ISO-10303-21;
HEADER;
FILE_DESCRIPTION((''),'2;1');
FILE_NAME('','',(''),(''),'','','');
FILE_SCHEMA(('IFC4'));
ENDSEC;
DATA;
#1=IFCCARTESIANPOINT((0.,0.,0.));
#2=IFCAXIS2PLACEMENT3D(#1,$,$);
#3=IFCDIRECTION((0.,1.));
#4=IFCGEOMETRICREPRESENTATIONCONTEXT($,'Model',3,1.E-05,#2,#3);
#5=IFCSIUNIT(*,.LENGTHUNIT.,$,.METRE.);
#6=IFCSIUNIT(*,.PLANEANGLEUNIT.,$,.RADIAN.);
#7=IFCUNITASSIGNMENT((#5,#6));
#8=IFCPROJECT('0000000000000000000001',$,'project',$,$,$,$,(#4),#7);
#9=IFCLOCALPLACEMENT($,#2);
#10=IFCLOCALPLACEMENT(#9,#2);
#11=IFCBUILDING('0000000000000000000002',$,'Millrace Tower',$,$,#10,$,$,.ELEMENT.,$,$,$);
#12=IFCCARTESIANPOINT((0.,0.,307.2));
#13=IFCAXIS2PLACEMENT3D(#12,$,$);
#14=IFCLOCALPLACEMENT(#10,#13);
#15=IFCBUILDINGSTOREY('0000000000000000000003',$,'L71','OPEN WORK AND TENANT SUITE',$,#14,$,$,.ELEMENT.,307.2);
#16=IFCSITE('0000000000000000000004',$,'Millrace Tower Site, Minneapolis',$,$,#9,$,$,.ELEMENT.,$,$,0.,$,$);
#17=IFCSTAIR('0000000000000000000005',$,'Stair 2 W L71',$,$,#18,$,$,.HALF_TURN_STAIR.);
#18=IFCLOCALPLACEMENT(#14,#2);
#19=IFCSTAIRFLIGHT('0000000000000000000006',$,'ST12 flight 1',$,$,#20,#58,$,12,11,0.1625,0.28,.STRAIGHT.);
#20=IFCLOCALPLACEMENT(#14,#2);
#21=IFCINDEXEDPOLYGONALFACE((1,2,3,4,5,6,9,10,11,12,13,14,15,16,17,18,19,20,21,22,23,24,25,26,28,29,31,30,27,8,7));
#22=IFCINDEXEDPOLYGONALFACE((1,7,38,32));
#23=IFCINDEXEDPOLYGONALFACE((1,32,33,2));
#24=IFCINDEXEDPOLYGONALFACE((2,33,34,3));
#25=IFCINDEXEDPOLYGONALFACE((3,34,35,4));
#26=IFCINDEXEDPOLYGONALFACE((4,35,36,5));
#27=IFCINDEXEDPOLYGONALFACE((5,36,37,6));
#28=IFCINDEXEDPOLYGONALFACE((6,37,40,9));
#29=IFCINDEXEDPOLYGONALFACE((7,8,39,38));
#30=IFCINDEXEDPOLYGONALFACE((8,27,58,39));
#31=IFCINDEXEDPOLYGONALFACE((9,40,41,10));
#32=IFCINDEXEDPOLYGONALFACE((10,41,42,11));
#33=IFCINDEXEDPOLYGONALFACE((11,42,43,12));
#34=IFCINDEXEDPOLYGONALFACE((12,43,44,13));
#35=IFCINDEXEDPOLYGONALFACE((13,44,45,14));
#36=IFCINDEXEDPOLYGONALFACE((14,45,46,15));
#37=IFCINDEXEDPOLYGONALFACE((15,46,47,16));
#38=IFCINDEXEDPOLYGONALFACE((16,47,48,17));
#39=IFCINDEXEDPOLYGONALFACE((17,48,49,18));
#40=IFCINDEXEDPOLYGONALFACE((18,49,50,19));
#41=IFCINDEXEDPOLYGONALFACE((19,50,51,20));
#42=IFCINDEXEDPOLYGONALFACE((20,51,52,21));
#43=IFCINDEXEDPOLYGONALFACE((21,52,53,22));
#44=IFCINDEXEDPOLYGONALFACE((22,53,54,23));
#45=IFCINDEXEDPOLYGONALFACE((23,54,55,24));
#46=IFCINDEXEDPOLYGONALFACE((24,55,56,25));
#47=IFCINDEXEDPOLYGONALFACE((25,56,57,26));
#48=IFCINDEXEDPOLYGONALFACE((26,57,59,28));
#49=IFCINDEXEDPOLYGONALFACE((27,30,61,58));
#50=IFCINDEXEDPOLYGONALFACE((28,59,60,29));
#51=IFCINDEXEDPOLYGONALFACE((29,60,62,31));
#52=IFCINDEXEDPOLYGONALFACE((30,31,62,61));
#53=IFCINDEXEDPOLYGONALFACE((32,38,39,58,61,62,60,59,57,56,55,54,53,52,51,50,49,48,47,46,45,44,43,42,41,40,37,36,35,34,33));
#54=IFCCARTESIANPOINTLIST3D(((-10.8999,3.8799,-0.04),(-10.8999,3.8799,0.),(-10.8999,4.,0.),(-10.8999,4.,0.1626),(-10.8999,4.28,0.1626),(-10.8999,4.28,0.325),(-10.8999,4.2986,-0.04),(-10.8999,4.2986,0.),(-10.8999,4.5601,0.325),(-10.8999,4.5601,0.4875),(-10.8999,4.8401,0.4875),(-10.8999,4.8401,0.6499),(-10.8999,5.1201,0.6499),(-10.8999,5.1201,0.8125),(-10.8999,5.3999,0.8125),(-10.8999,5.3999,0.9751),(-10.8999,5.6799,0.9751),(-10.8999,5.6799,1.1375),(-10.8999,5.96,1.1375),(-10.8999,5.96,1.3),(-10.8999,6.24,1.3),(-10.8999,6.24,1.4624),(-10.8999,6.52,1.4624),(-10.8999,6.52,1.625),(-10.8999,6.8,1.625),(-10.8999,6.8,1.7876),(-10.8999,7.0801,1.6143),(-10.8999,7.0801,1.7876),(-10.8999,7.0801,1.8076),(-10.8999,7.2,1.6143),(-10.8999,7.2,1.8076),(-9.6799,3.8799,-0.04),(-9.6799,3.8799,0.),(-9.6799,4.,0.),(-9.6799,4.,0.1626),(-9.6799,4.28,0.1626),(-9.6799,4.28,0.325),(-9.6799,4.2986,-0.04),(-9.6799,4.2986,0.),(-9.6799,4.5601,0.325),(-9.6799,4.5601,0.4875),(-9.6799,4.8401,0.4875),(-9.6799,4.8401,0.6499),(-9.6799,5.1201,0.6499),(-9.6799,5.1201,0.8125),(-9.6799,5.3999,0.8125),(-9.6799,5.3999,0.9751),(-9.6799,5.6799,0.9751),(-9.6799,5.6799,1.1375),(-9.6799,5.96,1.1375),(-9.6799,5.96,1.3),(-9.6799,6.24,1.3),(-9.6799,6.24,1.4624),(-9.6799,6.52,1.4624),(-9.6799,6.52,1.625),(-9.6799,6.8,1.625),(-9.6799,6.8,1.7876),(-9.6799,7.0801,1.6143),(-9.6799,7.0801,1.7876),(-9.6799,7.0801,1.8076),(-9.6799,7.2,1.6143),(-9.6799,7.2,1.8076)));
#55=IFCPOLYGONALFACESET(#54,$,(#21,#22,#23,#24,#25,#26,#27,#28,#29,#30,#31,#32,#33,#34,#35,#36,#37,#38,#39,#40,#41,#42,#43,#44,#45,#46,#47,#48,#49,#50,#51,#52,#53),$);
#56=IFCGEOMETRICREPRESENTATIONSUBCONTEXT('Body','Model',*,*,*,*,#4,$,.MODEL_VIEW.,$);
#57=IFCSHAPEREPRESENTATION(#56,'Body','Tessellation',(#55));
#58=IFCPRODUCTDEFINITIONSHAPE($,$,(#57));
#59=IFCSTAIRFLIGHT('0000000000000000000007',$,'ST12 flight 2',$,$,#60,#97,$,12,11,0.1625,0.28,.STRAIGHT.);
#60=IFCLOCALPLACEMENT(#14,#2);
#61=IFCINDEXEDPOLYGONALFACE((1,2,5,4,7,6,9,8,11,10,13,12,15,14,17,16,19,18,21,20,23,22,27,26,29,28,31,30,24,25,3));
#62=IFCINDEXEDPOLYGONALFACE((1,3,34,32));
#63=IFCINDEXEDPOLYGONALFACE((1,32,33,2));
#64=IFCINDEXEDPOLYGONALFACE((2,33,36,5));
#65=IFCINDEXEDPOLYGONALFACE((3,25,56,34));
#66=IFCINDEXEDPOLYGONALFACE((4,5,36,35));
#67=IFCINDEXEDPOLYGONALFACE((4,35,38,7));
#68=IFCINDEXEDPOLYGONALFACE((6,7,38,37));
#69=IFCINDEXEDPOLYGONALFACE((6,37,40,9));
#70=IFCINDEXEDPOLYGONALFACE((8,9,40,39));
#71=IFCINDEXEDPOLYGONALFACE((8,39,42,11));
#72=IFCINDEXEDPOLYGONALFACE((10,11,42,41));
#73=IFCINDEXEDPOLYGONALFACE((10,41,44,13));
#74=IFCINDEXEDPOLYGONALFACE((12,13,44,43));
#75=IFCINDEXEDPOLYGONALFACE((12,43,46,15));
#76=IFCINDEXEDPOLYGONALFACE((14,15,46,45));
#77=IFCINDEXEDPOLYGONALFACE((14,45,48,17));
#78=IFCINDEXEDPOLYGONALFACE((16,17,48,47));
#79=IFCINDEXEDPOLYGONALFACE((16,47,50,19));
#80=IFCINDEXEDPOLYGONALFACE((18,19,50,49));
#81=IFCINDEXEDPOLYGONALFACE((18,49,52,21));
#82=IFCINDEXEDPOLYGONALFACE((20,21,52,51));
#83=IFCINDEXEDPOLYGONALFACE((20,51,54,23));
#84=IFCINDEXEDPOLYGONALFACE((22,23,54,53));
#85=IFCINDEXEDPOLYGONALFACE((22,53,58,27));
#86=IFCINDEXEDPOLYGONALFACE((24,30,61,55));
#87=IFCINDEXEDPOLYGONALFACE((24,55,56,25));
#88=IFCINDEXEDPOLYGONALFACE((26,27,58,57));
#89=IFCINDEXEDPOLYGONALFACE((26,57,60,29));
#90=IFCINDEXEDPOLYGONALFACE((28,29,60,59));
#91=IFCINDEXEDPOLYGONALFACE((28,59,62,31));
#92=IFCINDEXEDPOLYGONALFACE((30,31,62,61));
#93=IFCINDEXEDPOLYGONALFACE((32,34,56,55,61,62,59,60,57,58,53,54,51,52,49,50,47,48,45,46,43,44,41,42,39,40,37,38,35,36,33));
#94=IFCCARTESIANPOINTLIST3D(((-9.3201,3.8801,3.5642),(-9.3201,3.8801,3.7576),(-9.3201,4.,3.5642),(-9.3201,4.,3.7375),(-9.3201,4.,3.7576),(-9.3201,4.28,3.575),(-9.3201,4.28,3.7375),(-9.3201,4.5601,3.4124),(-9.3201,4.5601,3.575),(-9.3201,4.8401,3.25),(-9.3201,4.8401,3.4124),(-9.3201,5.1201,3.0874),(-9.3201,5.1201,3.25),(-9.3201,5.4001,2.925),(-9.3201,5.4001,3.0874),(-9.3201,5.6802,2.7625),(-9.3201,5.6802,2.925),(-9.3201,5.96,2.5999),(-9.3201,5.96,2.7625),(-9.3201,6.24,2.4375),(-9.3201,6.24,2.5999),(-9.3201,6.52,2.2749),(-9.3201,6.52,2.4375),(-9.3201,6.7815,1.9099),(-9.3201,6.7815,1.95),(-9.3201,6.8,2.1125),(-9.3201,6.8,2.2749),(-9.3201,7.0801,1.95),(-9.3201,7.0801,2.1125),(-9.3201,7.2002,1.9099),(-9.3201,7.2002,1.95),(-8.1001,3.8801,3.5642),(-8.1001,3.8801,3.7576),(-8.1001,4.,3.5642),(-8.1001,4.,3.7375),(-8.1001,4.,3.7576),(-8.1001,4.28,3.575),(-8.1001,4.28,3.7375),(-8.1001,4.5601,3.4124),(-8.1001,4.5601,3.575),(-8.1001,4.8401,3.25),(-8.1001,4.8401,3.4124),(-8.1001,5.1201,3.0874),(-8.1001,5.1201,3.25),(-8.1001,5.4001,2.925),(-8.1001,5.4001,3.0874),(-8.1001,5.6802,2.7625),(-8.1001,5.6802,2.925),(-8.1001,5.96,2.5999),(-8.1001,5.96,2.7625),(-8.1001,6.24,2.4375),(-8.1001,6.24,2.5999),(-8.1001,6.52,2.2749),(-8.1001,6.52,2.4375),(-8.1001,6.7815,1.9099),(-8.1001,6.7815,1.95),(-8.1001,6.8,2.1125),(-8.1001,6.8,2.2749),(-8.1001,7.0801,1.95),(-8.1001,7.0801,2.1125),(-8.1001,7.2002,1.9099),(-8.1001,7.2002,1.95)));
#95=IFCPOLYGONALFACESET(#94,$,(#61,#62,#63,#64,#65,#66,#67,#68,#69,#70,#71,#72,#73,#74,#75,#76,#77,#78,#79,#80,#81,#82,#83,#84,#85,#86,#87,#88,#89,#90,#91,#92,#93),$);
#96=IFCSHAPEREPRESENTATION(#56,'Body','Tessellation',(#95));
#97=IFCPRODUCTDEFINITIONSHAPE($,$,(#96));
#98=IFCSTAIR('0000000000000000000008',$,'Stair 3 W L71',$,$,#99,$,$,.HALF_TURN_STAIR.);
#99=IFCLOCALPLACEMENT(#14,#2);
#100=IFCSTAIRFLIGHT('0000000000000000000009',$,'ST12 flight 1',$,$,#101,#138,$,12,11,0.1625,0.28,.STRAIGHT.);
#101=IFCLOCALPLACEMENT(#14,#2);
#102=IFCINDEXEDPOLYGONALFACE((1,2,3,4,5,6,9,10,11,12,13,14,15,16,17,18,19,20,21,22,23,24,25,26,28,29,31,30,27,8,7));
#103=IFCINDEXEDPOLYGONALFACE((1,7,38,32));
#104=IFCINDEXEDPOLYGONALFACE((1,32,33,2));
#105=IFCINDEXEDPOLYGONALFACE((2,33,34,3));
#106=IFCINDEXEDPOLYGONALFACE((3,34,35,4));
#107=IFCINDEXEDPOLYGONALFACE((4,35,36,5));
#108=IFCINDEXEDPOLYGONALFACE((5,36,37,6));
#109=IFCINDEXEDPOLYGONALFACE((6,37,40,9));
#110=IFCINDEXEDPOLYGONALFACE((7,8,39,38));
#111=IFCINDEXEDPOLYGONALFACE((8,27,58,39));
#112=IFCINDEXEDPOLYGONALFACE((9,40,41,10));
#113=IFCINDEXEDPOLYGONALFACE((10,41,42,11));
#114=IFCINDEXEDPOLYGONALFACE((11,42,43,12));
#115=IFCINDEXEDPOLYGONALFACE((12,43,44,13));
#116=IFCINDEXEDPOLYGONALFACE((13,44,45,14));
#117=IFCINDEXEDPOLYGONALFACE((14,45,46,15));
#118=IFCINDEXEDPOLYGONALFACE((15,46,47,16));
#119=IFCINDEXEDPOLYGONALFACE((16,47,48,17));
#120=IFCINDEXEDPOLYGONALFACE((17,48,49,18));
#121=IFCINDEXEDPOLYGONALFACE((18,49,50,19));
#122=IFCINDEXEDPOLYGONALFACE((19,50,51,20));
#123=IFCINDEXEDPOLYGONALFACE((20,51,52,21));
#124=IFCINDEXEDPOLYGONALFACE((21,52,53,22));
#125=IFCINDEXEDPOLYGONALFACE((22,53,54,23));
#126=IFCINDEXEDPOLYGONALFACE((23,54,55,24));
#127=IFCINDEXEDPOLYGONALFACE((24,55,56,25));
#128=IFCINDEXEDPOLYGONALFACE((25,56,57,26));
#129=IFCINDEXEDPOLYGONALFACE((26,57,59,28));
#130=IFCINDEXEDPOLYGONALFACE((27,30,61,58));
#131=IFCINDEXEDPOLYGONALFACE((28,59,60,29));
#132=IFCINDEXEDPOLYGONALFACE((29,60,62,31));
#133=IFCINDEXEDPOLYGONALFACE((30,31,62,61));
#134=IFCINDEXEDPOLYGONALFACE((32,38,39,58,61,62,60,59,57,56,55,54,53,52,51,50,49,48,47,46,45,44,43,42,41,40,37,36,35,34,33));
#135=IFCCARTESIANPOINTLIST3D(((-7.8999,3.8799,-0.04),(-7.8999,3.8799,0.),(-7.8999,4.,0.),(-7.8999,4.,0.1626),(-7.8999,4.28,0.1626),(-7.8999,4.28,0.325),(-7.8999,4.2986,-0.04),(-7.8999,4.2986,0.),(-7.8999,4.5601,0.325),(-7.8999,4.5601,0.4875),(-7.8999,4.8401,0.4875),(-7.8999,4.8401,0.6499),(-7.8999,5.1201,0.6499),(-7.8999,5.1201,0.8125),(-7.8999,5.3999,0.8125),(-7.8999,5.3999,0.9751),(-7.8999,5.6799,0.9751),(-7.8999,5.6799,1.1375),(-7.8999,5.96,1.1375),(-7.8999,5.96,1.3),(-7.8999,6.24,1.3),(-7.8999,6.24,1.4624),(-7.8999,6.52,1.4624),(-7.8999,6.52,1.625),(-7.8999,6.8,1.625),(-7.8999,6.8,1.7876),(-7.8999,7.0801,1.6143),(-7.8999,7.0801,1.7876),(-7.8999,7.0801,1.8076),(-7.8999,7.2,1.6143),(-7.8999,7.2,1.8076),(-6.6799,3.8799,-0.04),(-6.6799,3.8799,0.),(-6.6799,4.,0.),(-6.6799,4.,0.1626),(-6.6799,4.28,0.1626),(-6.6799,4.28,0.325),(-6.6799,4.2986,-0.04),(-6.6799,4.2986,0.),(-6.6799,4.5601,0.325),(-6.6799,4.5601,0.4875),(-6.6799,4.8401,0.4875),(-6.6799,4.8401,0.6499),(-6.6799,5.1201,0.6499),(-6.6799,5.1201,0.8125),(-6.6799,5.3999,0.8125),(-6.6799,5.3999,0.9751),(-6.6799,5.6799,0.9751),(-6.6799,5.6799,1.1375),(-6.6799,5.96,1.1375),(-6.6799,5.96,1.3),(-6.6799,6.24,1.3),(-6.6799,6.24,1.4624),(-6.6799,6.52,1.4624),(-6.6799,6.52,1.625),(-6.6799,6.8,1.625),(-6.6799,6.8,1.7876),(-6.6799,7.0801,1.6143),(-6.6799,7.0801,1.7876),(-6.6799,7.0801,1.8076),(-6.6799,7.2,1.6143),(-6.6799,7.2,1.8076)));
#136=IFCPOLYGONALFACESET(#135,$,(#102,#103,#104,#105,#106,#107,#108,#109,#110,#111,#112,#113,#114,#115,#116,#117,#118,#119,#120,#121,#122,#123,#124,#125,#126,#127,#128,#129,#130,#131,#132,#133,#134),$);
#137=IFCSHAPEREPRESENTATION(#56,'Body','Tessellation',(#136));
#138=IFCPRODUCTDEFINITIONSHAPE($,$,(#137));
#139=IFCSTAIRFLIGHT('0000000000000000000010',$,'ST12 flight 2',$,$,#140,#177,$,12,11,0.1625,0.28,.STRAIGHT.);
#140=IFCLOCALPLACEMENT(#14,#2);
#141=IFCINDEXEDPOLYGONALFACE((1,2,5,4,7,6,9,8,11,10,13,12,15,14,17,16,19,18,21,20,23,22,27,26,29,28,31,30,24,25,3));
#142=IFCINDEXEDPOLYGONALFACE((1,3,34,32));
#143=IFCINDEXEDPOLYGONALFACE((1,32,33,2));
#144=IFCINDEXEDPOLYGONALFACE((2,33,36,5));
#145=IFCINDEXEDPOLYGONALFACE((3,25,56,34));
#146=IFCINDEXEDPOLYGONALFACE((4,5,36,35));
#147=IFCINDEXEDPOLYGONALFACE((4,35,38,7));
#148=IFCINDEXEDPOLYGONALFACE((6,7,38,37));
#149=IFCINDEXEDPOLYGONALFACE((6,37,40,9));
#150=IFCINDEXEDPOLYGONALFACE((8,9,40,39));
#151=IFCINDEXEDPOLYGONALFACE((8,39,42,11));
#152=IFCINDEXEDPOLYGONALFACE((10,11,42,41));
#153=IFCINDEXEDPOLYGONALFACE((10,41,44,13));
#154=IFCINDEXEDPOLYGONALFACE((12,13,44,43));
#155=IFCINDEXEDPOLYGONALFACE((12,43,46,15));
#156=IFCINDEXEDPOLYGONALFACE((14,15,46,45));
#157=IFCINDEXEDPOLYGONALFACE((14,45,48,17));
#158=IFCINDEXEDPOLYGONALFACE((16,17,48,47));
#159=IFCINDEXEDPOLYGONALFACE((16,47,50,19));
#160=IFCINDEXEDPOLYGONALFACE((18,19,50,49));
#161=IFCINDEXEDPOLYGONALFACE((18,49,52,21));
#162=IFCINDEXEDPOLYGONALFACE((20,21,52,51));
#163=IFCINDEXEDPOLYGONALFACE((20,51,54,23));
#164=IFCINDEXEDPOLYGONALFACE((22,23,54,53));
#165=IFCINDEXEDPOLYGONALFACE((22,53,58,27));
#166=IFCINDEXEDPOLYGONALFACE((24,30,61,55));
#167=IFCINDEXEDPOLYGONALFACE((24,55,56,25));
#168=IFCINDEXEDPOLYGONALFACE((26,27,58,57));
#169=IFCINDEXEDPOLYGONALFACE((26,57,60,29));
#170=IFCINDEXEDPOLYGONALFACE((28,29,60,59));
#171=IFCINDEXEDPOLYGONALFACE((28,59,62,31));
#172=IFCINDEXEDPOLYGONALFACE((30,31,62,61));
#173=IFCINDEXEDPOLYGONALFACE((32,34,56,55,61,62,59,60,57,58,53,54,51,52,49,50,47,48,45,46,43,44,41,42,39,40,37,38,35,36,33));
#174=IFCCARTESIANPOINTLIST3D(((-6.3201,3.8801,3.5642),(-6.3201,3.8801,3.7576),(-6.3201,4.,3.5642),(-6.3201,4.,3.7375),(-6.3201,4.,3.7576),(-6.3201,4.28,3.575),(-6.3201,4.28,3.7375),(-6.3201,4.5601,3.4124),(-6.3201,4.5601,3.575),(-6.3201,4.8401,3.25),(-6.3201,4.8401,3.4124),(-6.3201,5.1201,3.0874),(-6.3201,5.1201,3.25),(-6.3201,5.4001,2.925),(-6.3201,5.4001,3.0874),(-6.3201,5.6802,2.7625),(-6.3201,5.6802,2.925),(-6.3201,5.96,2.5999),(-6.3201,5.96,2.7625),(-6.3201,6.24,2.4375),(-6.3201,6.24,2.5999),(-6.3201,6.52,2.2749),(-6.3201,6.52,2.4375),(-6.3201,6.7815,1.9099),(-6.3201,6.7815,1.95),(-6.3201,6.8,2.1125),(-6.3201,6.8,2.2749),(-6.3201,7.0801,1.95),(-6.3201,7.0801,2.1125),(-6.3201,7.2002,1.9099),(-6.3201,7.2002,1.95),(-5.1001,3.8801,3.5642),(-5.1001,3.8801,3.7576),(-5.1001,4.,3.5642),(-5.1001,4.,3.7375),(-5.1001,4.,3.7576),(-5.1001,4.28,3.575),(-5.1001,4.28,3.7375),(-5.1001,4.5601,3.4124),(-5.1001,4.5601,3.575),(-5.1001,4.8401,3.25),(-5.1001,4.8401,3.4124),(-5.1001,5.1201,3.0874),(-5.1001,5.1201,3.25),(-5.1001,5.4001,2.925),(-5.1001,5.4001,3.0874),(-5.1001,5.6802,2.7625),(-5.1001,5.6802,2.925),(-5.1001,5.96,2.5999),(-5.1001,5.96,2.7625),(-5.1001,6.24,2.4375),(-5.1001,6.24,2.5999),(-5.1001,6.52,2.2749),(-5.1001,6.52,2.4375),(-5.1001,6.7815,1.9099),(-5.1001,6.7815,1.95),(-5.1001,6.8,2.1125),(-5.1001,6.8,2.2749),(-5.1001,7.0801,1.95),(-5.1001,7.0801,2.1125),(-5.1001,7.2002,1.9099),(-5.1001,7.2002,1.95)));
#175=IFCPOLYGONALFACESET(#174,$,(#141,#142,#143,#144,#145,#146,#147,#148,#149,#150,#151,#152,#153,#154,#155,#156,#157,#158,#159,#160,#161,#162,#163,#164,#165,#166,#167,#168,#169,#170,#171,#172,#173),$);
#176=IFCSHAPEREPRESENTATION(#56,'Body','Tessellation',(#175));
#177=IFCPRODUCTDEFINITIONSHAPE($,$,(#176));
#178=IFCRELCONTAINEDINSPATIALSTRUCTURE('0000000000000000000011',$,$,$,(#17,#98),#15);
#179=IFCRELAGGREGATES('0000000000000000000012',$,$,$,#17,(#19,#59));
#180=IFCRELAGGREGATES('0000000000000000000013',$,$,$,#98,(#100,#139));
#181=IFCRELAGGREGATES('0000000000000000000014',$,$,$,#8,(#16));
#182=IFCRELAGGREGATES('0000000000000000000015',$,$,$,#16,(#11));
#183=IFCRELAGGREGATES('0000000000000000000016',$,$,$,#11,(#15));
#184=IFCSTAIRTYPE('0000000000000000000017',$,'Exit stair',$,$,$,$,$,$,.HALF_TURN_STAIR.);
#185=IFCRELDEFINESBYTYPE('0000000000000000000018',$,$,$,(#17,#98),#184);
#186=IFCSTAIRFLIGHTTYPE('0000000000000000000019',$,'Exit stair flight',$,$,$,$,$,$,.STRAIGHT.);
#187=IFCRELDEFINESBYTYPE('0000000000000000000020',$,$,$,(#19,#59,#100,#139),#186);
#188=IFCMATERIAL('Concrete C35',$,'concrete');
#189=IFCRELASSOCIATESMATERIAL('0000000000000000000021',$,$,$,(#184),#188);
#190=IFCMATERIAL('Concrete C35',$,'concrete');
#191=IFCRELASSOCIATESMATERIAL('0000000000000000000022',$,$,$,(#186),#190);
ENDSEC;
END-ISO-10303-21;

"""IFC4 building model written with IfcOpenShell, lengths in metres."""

from ifc_helpers import new_model, si_unit, direction, frame, origin, place, context, subcontext, project, spatial, polyline, outline, extrude, material, type_object, element, aggregate, save


model = new_model("IFC4")

# Units and contexts
model_context = context("Model", 3, precision=1e-05, world=origin(), true_north=direction((0.0, 1.0)))
body_context = subcontext(model_context, "Body", "Model", "MODEL_VIEW")
ifc_project = project(units=[si_unit("LENGTHUNIT", "METRE"), si_unit("PLANEANGLEUNIT", "RADIAN")], contexts=[model_context])

# Site, building, storey
site_placement = place(None, origin())
site = spatial("IfcSite", under=ifc_project, at=site_placement, Name="Millrace Tower Site, Minneapolis", CompositionType="ELEMENT", RefElevation=0.0)
building_placement = place(site_placement, origin())
building = spatial("IfcBuilding", under=site, at=building_placement, Name="Millrace Tower", CompositionType="ELEMENT")
storey_placement = place(building_placement, frame((0.0, 0.0, 307.2)))
storey = spatial("IfcBuildingStorey", under=building, at=storey_placement, Name="L71", Description="OPEN WORK AND TENANT SUITE", CompositionType="ELEMENT", Elevation=307.2)

# Shared definitions
ifc_material_1 = material(Name="Concrete C35", Category="concrete")
stair_type = type_object("IfcStairType", Name="Exit stair", PredefinedType="HALF_TURN_STAIR", material=ifc_material_1)
placement = place(storey_placement, origin())
ifc_material_2 = material(Name="Concrete C35", Category="concrete")
stair_flight_type = type_object("IfcStairFlightType", Name="Exit stair flight", PredefinedType="STRAIGHT", material=ifc_material_2)

# Stairs, stair flights
stair_1 = element("IfcStair", 1, at=placement, inside=storey, type_object=stair_type, Name="Stair 2 W L71", PredefinedType="HALF_TURN_STAIR")
stair_flight_1_placement = place(storey_placement, frame((-10.29, 4.0, 0.0), z_axis=(0.0, 0.0, 1.0), x_axis=(0.0, 1.0, 0.0)))
stair_flight_1 = element("IfcStairFlight", 2, at=stair_flight_1_placement, type_object=stair_flight_type, Name="ST12 flight 1", NumberOfRisers=12, NumberOfTreads=11, PredefinedType="STRAIGHT", RiserHeight=0.1625, TreadLength=0.28, context=body_context, shape_type="SweptSolid", body=[
    extrude(outline(polyline([(-0.1201, -0.04), (-0.1201, 0.0), (0.0, 0.0), (0.0, 0.1626), (0.28, 0.1626), (0.28, 0.325), (0.5601, 0.325), (0.5601, 0.4875), (0.8401, 0.4875), (0.8401, 0.6499), (1.1201, 0.6499), (1.1201, 0.8125), (1.3999, 0.8125), (1.3999, 0.9751), (1.6799, 0.9751), (1.6799, 1.1375), (1.96, 1.1375), (1.96, 1.3), (2.24, 1.3), (2.24, 1.4624), (2.52, 1.4624), (2.52, 1.625), (2.8, 1.625), (2.8, 1.7876), (3.0801, 1.7876), (3.0801, 1.8076), (3.2, 1.8076), (3.2, 1.6143), (3.0801, 1.6143), (0.2986, 0.0), (0.2986, -0.04), (-0.1201, -0.04)])), frame((0.0, 0.6099, 0.0), z_axis=(0.0, -1.0, 0.0), x_axis=(1.0, 0.0, 0.0)), (0.0, 0.0, 1.0), 1.22),
])
stair_flight_2_placement = place(storey_placement, frame((-8.71, 7.0801, 1.95), z_axis=(0.0, 0.0, 1.0), x_axis=(0.0, -1.0, 0.0)))
stair_flight_2 = element("IfcStairFlight", 3, at=stair_flight_2_placement, type_object=stair_flight_type, Name="ST12 flight 2", NumberOfRisers=12, NumberOfTreads=11, PredefinedType="STRAIGHT", RiserHeight=0.1625, TreadLength=0.28, context=body_context, shape_type="SweptSolid", body=[
    extrude(outline(polyline([(-0.1201, -0.04), (-0.1201, 0.0), (0.0, 0.0), (0.0, 0.1626), (0.28, 0.1626), (0.28, 0.325), (0.5601, 0.325), (0.5601, 0.4875), (0.8401, 0.4875), (0.8401, 0.6499), (1.1201, 0.6499), (1.1201, 0.8125), (1.3999, 0.8125), (1.3999, 0.9751), (1.6799, 0.9751), (1.6799, 1.1375), (1.96, 1.1375), (1.96, 1.3), (2.24, 1.3), (2.24, 1.4624), (2.52, 1.4624), (2.52, 1.625), (2.8, 1.625), (2.8, 1.7876), (3.0801, 1.7876), (3.0801, 1.8076), (3.2, 1.8076), (3.2, 1.6143), (3.0801, 1.6143), (0.2986, 0.0), (0.2986, -0.04), (-0.1201, -0.04)])), frame((0.0, 0.6099, 0.0), z_axis=(0.0, -1.0, 0.0), x_axis=(1.0, 0.0, 0.0)), (0.0, 0.0, 1.0), 1.22),
])
aggregate(stair_1, [stair_flight_1, stair_flight_2])
stair_2 = element("IfcStair", 4, at=placement, inside=storey, type_object=stair_type, Name="Stair 3 W L71", PredefinedType="HALF_TURN_STAIR")
stair_flight_3_placement = place(storey_placement, frame((-7.29, 4.0, 0.0), z_axis=(0.0, 0.0, 1.0), x_axis=(0.0, 1.0, 0.0)))
stair_flight_3 = element("IfcStairFlight", 5, at=stair_flight_3_placement, type_object=stair_flight_type, Name="ST12 flight 1", NumberOfRisers=12, NumberOfTreads=11, PredefinedType="STRAIGHT", RiserHeight=0.1625, TreadLength=0.28, context=body_context, shape_type="SweptSolid", body=[
    extrude(outline(polyline([(-0.1201, -0.04), (-0.1201, 0.0), (0.0, 0.0), (0.0, 0.1626), (0.28, 0.1626), (0.28, 0.325), (0.5601, 0.325), (0.5601, 0.4875), (0.8401, 0.4875), (0.8401, 0.6499), (1.1201, 0.6499), (1.1201, 0.8125), (1.3999, 0.8125), (1.3999, 0.9751), (1.6799, 0.9751), (1.6799, 1.1375), (1.96, 1.1375), (1.96, 1.3), (2.24, 1.3), (2.24, 1.4624), (2.52, 1.4624), (2.52, 1.625), (2.8, 1.625), (2.8, 1.7876), (3.0801, 1.7876), (3.0801, 1.8076), (3.2, 1.8076), (3.2, 1.6143), (3.0801, 1.6143), (0.2986, 0.0), (0.2986, -0.04), (-0.1201, -0.04)])), frame((0.0, 0.6099, 0.0), z_axis=(0.0, -1.0, 0.0), x_axis=(1.0, 0.0, 0.0)), (0.0, 0.0, 1.0), 1.22),
])
stair_flight_4_placement = place(storey_placement, frame((-5.71, 7.0801, 1.95), z_axis=(0.0, 0.0, 1.0), x_axis=(0.0, -1.0, 0.0)))
stair_flight_4 = element("IfcStairFlight", 6, at=stair_flight_4_placement, type_object=stair_flight_type, Name="ST12 flight 2", NumberOfRisers=12, NumberOfTreads=11, PredefinedType="STRAIGHT", RiserHeight=0.1625, TreadLength=0.28, context=body_context, shape_type="SweptSolid", body=[
    extrude(outline(polyline([(-0.1201, -0.04), (-0.1201, 0.0), (0.0, 0.0), (0.0, 0.1626), (0.28, 0.1626), (0.28, 0.325), (0.5601, 0.325), (0.5601, 0.4875), (0.8401, 0.4875), (0.8401, 0.6499), (1.1201, 0.6499), (1.1201, 0.8125), (1.3999, 0.8125), (1.3999, 0.9751), (1.6799, 0.9751), (1.6799, 1.1375), (1.96, 1.1375), (1.96, 1.3), (2.24, 1.3), (2.24, 1.4624), (2.52, 1.4624), (2.52, 1.625), (2.8, 1.625), (2.8, 1.7876), (3.0801, 1.7876), (3.0801, 1.8076), (3.2, 1.8076), (3.2, 1.6143), (3.0801, 1.6143), (0.2986, 0.0), (0.2986, -0.04), (-0.1201, -0.04)])), frame((0.0, 0.6099, 0.0), z_axis=(0.0, -1.0, 0.0), x_axis=(1.0, 0.0, 0.0)), (0.0, 0.0, 1.0), 1.22),
])
aggregate(stair_2, [stair_flight_3, stair_flight_4])

save(model, "model.ifc")
